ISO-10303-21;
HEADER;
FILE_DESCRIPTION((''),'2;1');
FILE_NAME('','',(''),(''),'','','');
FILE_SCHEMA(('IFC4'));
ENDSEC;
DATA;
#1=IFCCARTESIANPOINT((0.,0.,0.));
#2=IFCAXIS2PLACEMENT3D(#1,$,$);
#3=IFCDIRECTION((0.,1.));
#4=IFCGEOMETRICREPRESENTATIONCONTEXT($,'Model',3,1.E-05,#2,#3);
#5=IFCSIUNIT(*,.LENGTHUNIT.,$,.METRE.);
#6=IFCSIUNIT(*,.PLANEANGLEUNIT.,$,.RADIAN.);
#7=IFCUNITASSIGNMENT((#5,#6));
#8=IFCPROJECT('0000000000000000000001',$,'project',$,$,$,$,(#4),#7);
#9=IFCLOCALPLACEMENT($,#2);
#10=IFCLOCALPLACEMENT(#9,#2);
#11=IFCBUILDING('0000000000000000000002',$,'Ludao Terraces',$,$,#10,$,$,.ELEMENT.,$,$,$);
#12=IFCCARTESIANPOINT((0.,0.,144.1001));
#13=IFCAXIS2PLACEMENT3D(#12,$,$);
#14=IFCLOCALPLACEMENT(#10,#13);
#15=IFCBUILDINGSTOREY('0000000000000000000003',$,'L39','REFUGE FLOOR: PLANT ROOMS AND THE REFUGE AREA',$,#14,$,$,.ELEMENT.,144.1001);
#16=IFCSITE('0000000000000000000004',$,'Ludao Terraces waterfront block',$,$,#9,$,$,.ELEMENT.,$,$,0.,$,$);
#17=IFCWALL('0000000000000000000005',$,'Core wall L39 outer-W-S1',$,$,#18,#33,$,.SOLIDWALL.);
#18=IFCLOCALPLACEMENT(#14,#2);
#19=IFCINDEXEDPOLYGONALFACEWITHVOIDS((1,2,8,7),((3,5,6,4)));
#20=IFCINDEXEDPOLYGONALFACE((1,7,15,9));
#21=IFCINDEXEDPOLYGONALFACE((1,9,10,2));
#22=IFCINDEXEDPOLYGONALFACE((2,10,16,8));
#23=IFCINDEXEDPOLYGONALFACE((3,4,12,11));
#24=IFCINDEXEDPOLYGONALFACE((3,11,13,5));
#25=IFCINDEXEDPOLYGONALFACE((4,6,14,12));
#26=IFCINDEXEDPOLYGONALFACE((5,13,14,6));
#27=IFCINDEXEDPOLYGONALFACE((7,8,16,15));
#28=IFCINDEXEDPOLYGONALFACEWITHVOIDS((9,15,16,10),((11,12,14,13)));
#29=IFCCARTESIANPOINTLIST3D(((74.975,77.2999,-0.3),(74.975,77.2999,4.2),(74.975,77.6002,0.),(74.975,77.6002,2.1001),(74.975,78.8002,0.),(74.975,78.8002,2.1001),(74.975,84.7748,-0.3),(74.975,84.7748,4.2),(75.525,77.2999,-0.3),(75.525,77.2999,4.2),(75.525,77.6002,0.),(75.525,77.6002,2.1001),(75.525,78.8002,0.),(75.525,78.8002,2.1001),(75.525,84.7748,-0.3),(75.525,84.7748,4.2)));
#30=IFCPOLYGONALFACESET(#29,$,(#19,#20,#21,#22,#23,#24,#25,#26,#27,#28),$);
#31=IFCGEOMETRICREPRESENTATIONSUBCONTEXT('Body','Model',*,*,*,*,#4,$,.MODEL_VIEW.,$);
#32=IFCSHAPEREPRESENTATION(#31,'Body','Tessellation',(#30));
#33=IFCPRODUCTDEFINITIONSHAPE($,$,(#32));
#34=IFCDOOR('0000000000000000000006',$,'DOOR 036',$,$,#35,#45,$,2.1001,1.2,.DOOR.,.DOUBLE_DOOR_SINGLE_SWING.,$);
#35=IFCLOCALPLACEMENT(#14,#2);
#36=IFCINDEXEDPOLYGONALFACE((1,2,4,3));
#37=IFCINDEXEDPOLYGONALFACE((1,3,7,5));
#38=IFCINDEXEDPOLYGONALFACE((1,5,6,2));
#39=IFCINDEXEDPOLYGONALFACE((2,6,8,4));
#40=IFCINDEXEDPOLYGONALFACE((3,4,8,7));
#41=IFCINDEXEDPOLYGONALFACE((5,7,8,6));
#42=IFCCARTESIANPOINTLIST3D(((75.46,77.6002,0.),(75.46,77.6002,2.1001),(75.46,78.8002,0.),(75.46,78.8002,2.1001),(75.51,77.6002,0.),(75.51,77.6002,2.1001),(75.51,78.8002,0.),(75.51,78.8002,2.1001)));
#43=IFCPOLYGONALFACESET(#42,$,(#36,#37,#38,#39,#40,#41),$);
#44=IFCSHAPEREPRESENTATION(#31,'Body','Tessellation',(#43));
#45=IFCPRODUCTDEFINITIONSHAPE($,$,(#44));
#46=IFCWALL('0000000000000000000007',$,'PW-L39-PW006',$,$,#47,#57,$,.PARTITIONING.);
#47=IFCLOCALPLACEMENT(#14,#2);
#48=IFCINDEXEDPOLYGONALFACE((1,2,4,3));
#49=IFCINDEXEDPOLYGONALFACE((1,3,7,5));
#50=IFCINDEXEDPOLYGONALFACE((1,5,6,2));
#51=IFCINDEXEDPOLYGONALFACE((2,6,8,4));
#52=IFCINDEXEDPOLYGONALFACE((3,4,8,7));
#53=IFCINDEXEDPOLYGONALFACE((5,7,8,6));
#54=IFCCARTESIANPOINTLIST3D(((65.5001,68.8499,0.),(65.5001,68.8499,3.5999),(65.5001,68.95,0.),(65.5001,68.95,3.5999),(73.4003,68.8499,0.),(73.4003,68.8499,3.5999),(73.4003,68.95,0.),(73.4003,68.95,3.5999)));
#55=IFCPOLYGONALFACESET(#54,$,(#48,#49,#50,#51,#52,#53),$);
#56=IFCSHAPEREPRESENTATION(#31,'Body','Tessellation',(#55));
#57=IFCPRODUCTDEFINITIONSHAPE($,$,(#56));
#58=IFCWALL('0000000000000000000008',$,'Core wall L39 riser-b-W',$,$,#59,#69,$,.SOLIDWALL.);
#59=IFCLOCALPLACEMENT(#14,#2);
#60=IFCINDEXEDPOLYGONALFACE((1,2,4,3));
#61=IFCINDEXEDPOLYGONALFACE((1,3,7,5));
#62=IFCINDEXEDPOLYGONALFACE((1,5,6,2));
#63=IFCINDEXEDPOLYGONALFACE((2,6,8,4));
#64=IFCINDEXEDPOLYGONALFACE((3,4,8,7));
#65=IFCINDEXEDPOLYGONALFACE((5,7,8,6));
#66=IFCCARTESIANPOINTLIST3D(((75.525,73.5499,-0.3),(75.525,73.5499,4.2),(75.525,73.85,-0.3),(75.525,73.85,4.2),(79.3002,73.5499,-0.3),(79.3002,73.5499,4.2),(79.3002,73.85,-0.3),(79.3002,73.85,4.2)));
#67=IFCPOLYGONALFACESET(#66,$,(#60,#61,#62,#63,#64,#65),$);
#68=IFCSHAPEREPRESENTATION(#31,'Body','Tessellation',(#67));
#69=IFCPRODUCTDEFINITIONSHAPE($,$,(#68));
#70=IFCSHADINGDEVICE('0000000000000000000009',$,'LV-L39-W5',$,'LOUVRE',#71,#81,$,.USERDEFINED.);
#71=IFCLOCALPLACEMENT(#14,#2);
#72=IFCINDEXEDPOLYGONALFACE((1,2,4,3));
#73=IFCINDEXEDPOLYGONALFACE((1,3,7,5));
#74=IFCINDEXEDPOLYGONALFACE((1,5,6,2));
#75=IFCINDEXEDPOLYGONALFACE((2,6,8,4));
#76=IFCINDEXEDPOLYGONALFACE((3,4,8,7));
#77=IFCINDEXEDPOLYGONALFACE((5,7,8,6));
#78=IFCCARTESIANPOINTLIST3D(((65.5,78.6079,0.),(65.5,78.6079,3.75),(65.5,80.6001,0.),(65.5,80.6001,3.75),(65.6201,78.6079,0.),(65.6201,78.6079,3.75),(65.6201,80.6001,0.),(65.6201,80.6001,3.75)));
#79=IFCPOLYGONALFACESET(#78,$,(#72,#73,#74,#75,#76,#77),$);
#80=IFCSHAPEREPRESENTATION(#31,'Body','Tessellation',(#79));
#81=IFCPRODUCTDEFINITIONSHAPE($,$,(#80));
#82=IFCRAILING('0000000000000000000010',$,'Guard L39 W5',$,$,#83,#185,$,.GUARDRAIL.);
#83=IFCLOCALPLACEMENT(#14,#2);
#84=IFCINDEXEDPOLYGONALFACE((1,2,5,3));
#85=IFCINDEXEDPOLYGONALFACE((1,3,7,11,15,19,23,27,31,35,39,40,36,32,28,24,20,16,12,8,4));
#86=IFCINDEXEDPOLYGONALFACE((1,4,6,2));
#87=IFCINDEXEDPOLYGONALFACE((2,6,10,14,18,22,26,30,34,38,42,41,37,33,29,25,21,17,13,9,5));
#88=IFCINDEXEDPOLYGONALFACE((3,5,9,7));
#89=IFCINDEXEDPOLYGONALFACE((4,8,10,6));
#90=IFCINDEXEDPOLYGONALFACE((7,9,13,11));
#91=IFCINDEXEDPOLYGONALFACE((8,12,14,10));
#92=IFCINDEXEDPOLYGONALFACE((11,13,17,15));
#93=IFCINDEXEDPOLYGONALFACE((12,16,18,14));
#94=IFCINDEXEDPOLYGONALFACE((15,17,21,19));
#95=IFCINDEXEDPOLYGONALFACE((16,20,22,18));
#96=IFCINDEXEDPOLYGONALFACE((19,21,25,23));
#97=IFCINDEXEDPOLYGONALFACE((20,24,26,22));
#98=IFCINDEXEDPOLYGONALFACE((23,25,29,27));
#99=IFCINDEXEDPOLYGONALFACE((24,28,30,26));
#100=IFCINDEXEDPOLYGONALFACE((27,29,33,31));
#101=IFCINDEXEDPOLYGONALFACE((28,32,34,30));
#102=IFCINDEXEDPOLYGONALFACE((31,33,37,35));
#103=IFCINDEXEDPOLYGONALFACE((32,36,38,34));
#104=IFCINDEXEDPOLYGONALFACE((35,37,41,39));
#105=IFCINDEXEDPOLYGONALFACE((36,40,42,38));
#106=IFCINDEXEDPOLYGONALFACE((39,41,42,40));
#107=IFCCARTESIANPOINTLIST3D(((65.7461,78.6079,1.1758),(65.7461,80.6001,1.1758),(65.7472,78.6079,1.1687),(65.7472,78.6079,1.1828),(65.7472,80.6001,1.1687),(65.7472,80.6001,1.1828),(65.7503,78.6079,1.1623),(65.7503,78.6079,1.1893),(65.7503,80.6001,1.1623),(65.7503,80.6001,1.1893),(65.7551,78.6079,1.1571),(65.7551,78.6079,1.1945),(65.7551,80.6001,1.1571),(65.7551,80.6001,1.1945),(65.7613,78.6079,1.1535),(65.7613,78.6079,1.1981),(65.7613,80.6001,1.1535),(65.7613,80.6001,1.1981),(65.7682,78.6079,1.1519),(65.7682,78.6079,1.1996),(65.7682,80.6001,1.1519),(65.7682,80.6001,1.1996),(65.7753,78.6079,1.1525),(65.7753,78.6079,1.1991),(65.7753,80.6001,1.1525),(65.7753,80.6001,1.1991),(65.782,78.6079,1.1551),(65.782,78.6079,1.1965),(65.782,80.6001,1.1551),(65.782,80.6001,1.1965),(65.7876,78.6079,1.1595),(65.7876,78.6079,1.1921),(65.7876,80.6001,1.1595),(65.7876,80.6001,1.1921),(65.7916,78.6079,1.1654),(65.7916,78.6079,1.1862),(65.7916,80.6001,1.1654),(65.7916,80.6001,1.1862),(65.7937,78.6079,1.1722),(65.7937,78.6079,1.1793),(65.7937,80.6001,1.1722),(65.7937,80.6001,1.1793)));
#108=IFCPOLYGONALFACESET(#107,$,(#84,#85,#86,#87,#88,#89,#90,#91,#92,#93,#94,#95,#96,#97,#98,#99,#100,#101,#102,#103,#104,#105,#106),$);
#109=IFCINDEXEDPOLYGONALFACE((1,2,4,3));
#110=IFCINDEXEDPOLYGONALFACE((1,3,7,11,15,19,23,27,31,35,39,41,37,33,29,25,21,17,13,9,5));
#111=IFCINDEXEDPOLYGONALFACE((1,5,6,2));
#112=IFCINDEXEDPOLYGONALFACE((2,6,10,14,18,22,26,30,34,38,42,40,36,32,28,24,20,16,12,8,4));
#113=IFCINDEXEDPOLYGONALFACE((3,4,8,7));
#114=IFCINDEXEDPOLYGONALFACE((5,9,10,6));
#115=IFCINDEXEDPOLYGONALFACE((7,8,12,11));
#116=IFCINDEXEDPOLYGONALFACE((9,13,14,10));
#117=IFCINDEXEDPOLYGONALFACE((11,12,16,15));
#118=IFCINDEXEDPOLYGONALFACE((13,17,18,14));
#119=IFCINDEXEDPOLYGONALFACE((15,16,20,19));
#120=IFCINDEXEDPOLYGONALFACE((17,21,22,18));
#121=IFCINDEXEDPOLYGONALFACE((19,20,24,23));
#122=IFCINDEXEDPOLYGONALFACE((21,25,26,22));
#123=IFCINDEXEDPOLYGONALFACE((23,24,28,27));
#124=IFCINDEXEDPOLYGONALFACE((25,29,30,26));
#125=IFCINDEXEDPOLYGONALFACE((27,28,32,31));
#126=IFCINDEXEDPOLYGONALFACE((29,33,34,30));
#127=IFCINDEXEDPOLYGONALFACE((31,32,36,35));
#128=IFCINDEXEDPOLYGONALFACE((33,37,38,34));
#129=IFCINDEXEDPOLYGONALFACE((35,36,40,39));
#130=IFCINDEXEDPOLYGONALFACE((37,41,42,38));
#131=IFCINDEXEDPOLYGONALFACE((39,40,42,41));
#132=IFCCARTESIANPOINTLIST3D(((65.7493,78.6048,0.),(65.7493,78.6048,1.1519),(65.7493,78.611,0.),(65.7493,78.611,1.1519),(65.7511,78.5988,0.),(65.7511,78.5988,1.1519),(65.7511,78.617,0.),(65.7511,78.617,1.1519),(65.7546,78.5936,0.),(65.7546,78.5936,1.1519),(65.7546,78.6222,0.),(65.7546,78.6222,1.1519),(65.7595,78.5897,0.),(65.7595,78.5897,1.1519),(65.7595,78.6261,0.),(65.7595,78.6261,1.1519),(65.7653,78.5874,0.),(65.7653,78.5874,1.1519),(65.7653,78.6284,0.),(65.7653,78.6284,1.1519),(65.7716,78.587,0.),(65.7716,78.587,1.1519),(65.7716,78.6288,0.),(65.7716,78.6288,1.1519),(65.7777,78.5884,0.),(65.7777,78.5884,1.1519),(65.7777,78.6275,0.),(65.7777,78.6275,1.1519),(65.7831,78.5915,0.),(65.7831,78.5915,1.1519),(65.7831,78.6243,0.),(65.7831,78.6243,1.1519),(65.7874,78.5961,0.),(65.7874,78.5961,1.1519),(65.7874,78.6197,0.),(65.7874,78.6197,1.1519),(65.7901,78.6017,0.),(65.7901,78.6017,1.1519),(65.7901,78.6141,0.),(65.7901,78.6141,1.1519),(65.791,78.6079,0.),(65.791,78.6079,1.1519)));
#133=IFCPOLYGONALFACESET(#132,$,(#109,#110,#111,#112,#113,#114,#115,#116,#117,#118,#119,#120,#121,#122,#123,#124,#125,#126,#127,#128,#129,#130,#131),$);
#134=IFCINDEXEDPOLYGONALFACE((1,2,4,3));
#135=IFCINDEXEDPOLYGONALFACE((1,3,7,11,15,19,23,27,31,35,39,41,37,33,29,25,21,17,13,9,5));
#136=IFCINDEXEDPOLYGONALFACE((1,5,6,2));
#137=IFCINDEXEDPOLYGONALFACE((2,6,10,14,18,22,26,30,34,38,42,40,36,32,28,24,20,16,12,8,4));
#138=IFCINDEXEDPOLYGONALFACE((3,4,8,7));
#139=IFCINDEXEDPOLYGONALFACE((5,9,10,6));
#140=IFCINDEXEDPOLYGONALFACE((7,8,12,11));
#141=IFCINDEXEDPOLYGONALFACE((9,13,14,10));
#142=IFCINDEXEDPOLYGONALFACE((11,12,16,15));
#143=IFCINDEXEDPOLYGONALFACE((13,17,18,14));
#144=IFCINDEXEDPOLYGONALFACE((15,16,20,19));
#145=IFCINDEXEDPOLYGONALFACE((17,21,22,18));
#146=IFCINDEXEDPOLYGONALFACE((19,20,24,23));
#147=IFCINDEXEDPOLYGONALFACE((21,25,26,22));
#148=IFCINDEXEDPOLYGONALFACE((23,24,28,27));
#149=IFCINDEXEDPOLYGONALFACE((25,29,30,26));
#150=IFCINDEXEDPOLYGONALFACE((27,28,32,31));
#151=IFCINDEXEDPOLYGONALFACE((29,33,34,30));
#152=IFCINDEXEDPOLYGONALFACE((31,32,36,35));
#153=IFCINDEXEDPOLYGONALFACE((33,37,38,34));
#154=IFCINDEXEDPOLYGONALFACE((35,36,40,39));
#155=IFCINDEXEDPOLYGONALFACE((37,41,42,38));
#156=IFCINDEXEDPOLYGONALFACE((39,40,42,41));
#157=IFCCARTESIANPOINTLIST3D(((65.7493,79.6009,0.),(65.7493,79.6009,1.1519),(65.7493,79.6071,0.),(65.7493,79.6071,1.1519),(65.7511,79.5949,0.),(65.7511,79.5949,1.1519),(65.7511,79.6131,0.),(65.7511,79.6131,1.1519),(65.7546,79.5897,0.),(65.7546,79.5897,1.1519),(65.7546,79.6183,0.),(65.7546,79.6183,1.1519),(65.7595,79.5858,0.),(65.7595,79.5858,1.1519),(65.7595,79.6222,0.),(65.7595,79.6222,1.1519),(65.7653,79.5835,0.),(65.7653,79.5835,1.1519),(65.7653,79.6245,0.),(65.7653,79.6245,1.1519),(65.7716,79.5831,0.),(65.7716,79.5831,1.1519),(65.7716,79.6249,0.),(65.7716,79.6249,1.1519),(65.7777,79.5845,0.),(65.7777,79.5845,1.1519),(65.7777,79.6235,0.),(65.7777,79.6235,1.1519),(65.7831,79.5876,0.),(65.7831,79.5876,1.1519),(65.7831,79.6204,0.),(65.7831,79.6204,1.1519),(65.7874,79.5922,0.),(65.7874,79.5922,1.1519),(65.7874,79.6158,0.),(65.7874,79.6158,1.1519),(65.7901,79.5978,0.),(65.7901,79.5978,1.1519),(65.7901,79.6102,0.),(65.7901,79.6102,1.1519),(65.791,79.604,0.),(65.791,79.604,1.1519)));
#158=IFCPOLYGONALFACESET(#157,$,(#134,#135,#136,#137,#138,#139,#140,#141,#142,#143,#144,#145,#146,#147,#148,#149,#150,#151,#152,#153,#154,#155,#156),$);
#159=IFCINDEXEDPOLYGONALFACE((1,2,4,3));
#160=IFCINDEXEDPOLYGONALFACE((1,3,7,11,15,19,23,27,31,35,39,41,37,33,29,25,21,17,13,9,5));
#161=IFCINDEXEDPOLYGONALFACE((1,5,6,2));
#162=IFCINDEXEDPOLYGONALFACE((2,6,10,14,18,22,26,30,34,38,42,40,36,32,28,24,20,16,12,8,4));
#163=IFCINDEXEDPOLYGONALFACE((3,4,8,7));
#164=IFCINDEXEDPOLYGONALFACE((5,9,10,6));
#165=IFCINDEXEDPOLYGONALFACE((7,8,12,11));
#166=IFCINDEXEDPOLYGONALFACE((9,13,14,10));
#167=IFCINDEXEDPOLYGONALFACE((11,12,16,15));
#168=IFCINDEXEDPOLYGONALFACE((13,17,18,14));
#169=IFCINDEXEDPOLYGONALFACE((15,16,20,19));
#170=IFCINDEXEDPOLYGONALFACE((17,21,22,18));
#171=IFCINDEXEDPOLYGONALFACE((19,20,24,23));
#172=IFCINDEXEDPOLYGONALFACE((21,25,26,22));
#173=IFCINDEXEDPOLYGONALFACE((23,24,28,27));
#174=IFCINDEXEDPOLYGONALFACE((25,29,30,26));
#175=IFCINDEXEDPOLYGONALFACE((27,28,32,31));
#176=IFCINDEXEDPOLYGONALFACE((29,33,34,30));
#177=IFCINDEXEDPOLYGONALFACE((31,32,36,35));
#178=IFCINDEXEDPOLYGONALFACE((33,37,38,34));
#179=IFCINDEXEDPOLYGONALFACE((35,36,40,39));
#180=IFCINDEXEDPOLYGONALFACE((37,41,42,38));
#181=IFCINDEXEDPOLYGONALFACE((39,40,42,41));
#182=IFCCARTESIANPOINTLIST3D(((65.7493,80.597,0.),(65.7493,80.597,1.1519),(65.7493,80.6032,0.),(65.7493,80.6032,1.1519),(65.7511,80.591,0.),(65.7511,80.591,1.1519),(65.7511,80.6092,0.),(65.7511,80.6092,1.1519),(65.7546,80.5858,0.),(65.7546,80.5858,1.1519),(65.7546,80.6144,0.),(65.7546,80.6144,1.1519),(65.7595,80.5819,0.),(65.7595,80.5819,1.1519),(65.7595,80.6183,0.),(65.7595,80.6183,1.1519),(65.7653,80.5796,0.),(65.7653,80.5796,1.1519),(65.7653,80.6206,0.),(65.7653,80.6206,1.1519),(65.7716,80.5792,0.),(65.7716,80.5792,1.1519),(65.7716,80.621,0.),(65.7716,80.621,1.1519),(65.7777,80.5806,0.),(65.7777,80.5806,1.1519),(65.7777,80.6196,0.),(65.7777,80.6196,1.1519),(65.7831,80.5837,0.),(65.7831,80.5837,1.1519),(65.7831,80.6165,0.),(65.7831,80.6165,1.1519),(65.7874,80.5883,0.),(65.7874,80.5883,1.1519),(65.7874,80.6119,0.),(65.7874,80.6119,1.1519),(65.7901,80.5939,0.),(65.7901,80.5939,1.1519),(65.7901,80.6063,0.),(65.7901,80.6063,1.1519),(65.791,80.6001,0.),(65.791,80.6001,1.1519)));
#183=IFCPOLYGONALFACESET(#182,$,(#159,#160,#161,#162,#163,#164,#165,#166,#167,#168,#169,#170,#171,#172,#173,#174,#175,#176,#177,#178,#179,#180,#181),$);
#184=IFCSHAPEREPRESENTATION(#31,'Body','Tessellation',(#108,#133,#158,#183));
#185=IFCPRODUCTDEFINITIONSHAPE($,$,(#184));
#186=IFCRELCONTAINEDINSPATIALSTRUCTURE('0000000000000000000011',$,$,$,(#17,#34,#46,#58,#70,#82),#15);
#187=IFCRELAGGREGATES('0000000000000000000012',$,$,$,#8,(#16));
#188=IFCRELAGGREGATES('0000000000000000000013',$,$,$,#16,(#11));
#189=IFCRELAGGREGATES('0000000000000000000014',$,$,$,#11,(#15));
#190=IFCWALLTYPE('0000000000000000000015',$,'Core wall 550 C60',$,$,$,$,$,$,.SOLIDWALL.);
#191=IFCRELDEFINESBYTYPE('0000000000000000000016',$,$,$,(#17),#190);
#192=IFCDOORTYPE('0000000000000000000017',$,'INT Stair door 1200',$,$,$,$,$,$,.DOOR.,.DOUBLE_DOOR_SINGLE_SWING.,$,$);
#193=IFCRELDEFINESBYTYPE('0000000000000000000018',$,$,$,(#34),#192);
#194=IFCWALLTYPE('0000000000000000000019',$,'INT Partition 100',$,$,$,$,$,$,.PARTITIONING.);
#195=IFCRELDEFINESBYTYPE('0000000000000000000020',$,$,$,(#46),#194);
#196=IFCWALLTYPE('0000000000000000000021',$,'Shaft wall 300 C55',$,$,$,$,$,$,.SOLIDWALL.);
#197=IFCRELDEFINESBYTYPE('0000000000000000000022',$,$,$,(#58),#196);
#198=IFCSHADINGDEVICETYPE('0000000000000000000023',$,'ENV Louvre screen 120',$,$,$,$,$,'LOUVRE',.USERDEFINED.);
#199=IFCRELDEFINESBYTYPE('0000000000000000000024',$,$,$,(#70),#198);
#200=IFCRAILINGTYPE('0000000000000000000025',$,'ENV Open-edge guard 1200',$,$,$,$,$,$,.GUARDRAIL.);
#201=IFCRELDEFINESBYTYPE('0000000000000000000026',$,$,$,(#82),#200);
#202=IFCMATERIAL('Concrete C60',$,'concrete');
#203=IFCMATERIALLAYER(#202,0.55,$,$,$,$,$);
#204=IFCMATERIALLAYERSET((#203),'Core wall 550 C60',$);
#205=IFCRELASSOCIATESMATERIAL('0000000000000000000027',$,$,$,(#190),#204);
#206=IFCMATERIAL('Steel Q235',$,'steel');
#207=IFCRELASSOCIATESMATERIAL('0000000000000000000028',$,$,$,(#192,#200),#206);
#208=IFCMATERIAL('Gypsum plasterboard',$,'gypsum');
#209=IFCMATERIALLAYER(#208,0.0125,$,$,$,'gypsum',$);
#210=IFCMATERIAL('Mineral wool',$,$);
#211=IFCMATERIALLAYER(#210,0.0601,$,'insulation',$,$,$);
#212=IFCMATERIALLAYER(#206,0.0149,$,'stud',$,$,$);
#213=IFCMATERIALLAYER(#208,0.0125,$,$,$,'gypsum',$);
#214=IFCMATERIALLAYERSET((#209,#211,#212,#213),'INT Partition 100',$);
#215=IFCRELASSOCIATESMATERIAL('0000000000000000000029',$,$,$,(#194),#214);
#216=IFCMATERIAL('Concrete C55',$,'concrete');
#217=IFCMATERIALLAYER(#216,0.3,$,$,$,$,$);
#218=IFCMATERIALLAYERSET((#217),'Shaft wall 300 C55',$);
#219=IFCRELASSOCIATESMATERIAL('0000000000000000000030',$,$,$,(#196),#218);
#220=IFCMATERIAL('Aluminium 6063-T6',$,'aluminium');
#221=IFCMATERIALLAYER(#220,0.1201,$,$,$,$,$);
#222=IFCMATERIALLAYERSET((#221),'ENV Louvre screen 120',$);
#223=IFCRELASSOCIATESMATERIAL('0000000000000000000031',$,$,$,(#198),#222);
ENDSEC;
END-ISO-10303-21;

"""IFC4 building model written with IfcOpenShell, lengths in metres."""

from ifc_helpers import new_model, si_unit, direction, frame, frame_2d, origin, origin_2d, place, context, subcontext, project, spatial, rectangle, circle, extrude, material, layer, layer_set, type_object, element, fill, save


model = new_model("IFC4")

# Units and contexts
model_context = context("Model", 3, precision=1e-05, world=origin(), true_north=direction((0.0, 1.0)))
body_context = subcontext(model_context, "Body", "Model", "MODEL_VIEW")
ifc_project = project(units=[si_unit("LENGTHUNIT", "METRE"), si_unit("PLANEANGLEUNIT", "RADIAN")], contexts=[model_context])

# Site, building, storey
site_placement = place(None, origin())
site = spatial("IfcSite", under=ifc_project, at=site_placement, Name="Ludao Terraces waterfront block", CompositionType="ELEMENT", RefElevation=0.0)
building_placement = place(site_placement, origin())
building = spatial("IfcBuilding", under=site, at=building_placement, Name="Ludao Terraces", CompositionType="ELEMENT")
storey_placement = place(building_placement, frame((0.0, 0.0, 144.1001)))
storey = spatial("IfcBuildingStorey", under=building, at=storey_placement, Name="L39", Description="REFUGE FLOOR: PLANT ROOMS AND THE REFUGE AREA", CompositionType="ELEMENT", Elevation=144.1001)

# Wall, opening, door
ifc_material_1 = material(Name="Concrete C60", Category="concrete")
ifc_layer_1 = layer(ifc_material_1, 0.55)
ifc_layer_set_1 = layer_set([ifc_layer_1], Name="Core wall 550 C60")
wall_type_1 = type_object("IfcWallType", Name="Core wall 550 C60", PredefinedType="SOLIDWALL", material=ifc_layer_set_1)
wall_1_placement = place(storey_placement, frame((75.25, 77.3, -0.3), z_axis=(0.0, 0.0, 1.0), x_axis=(0.0, 1.0, 0.0)))
wall_1 = element("IfcWall", 1, at=wall_1_placement, inside=storey, type_object=wall_type_1, Name="Core wall L39 outer-W-S1", PredefinedType="SOLIDWALL", context=body_context, shape_type="SweptSolid", body=[
    extrude(rectangle(XDim=7.4749, YDim=0.55, at=frame_2d((3.7373, 0.0))), origin(), (0.0, 0.0, 1.0), 4.5),
])
opening_placement = place(wall_1_placement, frame((0.3, 0.0, 0.3)))
opening = element("IfcOpeningElement", 2, at=opening_placement, cuts=wall_1, PredefinedType="OPENING", context=body_context, shape_type="SweptSolid", body=[
    extrude(rectangle(XDim=1.2, YDim=2.1001, at=frame_2d((0.6001, 1.05))), frame((0.0, 0.2852, 0.0), z_axis=(0.0, -1.0, 0.0), x_axis=(1.0, 0.0, 0.0)), (0.0, 0.0, 1.0), 0.5701),
])
ifc_material_2 = material(Name="Steel Q235", Category="steel")
door_type = type_object("IfcDoorType", Name="INT Stair door 1200", OperationType="DOUBLE_DOOR_SINGLE_SWING", PredefinedType="DOOR", material=ifc_material_2)
door_placement = place(opening_placement, origin())
door = element("IfcDoor", 3, at=door_placement, inside=storey, type_object=door_type, Name="DOOR 036", OperationType="DOUBLE_DOOR_SINGLE_SWING", OverallHeight=2.1001, OverallWidth=1.2, PredefinedType="DOOR", context=body_context, shape_type="SweptSolid", body=[
    extrude(rectangle(XDim=1.2, YDim=2.1001, at=frame_2d((0.6001, 1.05))), frame((0.0, -0.21, 0.0), z_axis=(0.0, -1.0, 0.0), x_axis=(1.0, 0.0, 0.0)), (0.0, 0.0, 1.0), 0.05),
])
fill(opening, door)

# Walls
ifc_material_3 = material(Name="Gypsum plasterboard", Category="gypsum")
ifc_layer_2 = layer(ifc_material_3, 0.0125, Category="gypsum")
ifc_material_4 = material(Name="Mineral wool")
ifc_layer_3 = layer(ifc_material_4, 0.0601, Name="insulation")
ifc_layer_4 = layer(ifc_material_2, 0.0149, Name="stud")
ifc_layer_5 = layer(ifc_material_3, 0.0125, Category="gypsum")
ifc_layer_set_2 = layer_set([ifc_layer_2, ifc_layer_3, ifc_layer_4, ifc_layer_5], Name="INT Partition 100")
wall_type_2 = type_object("IfcWallType", Name="INT Partition 100", PredefinedType="PARTITIONING", material=ifc_layer_set_2)
wall_2_placement = place(storey_placement, frame((65.5, 68.8999, 0.0), z_axis=(0.0, 0.0, 1.0), x_axis=(1.0, 0.0, 0.0)))
element("IfcWall", 4, at=wall_2_placement, inside=storey, type_object=wall_type_2, Name="PW-L39-PW006", PredefinedType="PARTITIONING", context=body_context, shape_type="SweptSolid", body=[
    extrude(rectangle(XDim=7.9001, YDim=0.1001, at=frame_2d((3.9502, 0.0))), origin(), (0.0, 0.0, 1.0), 3.5999),
])
ifc_material_5 = material(Name="Concrete C55", Category="concrete")
ifc_layer_6 = layer(ifc_material_5, 0.3)
ifc_layer_set_3 = layer_set([ifc_layer_6], Name="Shaft wall 300 C55")
wall_type_3 = type_object("IfcWallType", Name="Shaft wall 300 C55", PredefinedType="SOLIDWALL", material=ifc_layer_set_3)
wall_3_placement = place(storey_placement, frame((75.5249, 73.7, -0.3), z_axis=(0.0, 0.0, 1.0), x_axis=(1.0, 0.0, 0.0)))
element("IfcWall", 5, at=wall_3_placement, inside=storey, type_object=wall_type_3, Name="Core wall L39 riser-b-W", PredefinedType="SOLIDWALL", context=body_context, shape_type="SweptSolid", body=[
    extrude(rectangle(XDim=3.7751, YDim=0.3, at=frame_2d((1.8877, 0.0))), origin(), (0.0, 0.0, 1.0), 4.5),
])

# Shading device
ifc_material_6 = material(Name="Aluminium 6063-T6", Category="aluminium")
ifc_layer_7 = layer(ifc_material_6, 0.1201)
ifc_layer_set_4 = layer_set([ifc_layer_7], Name="ENV Louvre screen 120")
shading_device_type = type_object("IfcShadingDeviceType", Name="ENV Louvre screen 120", ElementType="LOUVRE", PredefinedType="USERDEFINED", material=ifc_layer_set_4)
shading_device_placement = place(storey_placement, frame((65.5601, 78.6079, 0.0), z_axis=(0.0, 0.0, 1.0), x_axis=(0.0, 1.0, 0.0)))
element("IfcShadingDevice", 6, at=shading_device_placement, inside=storey, type_object=shading_device_type, Name="LV-L39-W5", ObjectType="LOUVRE", PredefinedType="USERDEFINED", context=body_context, shape_type="SweptSolid", body=[
    extrude(rectangle(XDim=1.9922, YDim=0.1201, at=frame_2d((0.9961, 0.0))), origin(), (0.0, 0.0, 1.0), 3.75),
])

# Railing
railing_type_1 = type_object("IfcRailingType", Name="ENV Open-edge guard 1200", PredefinedType="GUARDRAIL", material=ifc_material_2)
railing_1_placement = place(storey_placement, frame((65.77, 78.6079, 0.0)))
element("IfcRailing", 7, at=railing_1_placement, inside=storey, type_object=railing_type_1, Name="Guard L39 W5", PredefinedType="GUARDRAIL", context=body_context, shape_type="SweptSolid", body=[
    extrude(circle(Radius=0.0239, at=origin_2d()), frame((0.0, 0.0, 1.1758), z_axis=(0.0, 1.0, 0.0), x_axis=(-1.0, 0.0, 0.0)), (0.0, 0.0, 1.0), 1.9922),
    extrude(circle(Radius=0.021, at=origin_2d()), origin(), (0.0, 0.0, 1.0), 1.1519),
    extrude(circle(Radius=0.021, at=origin_2d()), frame((0.0, 0.9961, 0.0)), (0.0, 0.0, 1.0), 1.1519),
    extrude(circle(Radius=0.021, at=origin_2d()), frame((0.0, 1.9922, 0.0)), (0.0, 0.0, 1.0), 1.1519),
])

save(model, "model.ifc")
